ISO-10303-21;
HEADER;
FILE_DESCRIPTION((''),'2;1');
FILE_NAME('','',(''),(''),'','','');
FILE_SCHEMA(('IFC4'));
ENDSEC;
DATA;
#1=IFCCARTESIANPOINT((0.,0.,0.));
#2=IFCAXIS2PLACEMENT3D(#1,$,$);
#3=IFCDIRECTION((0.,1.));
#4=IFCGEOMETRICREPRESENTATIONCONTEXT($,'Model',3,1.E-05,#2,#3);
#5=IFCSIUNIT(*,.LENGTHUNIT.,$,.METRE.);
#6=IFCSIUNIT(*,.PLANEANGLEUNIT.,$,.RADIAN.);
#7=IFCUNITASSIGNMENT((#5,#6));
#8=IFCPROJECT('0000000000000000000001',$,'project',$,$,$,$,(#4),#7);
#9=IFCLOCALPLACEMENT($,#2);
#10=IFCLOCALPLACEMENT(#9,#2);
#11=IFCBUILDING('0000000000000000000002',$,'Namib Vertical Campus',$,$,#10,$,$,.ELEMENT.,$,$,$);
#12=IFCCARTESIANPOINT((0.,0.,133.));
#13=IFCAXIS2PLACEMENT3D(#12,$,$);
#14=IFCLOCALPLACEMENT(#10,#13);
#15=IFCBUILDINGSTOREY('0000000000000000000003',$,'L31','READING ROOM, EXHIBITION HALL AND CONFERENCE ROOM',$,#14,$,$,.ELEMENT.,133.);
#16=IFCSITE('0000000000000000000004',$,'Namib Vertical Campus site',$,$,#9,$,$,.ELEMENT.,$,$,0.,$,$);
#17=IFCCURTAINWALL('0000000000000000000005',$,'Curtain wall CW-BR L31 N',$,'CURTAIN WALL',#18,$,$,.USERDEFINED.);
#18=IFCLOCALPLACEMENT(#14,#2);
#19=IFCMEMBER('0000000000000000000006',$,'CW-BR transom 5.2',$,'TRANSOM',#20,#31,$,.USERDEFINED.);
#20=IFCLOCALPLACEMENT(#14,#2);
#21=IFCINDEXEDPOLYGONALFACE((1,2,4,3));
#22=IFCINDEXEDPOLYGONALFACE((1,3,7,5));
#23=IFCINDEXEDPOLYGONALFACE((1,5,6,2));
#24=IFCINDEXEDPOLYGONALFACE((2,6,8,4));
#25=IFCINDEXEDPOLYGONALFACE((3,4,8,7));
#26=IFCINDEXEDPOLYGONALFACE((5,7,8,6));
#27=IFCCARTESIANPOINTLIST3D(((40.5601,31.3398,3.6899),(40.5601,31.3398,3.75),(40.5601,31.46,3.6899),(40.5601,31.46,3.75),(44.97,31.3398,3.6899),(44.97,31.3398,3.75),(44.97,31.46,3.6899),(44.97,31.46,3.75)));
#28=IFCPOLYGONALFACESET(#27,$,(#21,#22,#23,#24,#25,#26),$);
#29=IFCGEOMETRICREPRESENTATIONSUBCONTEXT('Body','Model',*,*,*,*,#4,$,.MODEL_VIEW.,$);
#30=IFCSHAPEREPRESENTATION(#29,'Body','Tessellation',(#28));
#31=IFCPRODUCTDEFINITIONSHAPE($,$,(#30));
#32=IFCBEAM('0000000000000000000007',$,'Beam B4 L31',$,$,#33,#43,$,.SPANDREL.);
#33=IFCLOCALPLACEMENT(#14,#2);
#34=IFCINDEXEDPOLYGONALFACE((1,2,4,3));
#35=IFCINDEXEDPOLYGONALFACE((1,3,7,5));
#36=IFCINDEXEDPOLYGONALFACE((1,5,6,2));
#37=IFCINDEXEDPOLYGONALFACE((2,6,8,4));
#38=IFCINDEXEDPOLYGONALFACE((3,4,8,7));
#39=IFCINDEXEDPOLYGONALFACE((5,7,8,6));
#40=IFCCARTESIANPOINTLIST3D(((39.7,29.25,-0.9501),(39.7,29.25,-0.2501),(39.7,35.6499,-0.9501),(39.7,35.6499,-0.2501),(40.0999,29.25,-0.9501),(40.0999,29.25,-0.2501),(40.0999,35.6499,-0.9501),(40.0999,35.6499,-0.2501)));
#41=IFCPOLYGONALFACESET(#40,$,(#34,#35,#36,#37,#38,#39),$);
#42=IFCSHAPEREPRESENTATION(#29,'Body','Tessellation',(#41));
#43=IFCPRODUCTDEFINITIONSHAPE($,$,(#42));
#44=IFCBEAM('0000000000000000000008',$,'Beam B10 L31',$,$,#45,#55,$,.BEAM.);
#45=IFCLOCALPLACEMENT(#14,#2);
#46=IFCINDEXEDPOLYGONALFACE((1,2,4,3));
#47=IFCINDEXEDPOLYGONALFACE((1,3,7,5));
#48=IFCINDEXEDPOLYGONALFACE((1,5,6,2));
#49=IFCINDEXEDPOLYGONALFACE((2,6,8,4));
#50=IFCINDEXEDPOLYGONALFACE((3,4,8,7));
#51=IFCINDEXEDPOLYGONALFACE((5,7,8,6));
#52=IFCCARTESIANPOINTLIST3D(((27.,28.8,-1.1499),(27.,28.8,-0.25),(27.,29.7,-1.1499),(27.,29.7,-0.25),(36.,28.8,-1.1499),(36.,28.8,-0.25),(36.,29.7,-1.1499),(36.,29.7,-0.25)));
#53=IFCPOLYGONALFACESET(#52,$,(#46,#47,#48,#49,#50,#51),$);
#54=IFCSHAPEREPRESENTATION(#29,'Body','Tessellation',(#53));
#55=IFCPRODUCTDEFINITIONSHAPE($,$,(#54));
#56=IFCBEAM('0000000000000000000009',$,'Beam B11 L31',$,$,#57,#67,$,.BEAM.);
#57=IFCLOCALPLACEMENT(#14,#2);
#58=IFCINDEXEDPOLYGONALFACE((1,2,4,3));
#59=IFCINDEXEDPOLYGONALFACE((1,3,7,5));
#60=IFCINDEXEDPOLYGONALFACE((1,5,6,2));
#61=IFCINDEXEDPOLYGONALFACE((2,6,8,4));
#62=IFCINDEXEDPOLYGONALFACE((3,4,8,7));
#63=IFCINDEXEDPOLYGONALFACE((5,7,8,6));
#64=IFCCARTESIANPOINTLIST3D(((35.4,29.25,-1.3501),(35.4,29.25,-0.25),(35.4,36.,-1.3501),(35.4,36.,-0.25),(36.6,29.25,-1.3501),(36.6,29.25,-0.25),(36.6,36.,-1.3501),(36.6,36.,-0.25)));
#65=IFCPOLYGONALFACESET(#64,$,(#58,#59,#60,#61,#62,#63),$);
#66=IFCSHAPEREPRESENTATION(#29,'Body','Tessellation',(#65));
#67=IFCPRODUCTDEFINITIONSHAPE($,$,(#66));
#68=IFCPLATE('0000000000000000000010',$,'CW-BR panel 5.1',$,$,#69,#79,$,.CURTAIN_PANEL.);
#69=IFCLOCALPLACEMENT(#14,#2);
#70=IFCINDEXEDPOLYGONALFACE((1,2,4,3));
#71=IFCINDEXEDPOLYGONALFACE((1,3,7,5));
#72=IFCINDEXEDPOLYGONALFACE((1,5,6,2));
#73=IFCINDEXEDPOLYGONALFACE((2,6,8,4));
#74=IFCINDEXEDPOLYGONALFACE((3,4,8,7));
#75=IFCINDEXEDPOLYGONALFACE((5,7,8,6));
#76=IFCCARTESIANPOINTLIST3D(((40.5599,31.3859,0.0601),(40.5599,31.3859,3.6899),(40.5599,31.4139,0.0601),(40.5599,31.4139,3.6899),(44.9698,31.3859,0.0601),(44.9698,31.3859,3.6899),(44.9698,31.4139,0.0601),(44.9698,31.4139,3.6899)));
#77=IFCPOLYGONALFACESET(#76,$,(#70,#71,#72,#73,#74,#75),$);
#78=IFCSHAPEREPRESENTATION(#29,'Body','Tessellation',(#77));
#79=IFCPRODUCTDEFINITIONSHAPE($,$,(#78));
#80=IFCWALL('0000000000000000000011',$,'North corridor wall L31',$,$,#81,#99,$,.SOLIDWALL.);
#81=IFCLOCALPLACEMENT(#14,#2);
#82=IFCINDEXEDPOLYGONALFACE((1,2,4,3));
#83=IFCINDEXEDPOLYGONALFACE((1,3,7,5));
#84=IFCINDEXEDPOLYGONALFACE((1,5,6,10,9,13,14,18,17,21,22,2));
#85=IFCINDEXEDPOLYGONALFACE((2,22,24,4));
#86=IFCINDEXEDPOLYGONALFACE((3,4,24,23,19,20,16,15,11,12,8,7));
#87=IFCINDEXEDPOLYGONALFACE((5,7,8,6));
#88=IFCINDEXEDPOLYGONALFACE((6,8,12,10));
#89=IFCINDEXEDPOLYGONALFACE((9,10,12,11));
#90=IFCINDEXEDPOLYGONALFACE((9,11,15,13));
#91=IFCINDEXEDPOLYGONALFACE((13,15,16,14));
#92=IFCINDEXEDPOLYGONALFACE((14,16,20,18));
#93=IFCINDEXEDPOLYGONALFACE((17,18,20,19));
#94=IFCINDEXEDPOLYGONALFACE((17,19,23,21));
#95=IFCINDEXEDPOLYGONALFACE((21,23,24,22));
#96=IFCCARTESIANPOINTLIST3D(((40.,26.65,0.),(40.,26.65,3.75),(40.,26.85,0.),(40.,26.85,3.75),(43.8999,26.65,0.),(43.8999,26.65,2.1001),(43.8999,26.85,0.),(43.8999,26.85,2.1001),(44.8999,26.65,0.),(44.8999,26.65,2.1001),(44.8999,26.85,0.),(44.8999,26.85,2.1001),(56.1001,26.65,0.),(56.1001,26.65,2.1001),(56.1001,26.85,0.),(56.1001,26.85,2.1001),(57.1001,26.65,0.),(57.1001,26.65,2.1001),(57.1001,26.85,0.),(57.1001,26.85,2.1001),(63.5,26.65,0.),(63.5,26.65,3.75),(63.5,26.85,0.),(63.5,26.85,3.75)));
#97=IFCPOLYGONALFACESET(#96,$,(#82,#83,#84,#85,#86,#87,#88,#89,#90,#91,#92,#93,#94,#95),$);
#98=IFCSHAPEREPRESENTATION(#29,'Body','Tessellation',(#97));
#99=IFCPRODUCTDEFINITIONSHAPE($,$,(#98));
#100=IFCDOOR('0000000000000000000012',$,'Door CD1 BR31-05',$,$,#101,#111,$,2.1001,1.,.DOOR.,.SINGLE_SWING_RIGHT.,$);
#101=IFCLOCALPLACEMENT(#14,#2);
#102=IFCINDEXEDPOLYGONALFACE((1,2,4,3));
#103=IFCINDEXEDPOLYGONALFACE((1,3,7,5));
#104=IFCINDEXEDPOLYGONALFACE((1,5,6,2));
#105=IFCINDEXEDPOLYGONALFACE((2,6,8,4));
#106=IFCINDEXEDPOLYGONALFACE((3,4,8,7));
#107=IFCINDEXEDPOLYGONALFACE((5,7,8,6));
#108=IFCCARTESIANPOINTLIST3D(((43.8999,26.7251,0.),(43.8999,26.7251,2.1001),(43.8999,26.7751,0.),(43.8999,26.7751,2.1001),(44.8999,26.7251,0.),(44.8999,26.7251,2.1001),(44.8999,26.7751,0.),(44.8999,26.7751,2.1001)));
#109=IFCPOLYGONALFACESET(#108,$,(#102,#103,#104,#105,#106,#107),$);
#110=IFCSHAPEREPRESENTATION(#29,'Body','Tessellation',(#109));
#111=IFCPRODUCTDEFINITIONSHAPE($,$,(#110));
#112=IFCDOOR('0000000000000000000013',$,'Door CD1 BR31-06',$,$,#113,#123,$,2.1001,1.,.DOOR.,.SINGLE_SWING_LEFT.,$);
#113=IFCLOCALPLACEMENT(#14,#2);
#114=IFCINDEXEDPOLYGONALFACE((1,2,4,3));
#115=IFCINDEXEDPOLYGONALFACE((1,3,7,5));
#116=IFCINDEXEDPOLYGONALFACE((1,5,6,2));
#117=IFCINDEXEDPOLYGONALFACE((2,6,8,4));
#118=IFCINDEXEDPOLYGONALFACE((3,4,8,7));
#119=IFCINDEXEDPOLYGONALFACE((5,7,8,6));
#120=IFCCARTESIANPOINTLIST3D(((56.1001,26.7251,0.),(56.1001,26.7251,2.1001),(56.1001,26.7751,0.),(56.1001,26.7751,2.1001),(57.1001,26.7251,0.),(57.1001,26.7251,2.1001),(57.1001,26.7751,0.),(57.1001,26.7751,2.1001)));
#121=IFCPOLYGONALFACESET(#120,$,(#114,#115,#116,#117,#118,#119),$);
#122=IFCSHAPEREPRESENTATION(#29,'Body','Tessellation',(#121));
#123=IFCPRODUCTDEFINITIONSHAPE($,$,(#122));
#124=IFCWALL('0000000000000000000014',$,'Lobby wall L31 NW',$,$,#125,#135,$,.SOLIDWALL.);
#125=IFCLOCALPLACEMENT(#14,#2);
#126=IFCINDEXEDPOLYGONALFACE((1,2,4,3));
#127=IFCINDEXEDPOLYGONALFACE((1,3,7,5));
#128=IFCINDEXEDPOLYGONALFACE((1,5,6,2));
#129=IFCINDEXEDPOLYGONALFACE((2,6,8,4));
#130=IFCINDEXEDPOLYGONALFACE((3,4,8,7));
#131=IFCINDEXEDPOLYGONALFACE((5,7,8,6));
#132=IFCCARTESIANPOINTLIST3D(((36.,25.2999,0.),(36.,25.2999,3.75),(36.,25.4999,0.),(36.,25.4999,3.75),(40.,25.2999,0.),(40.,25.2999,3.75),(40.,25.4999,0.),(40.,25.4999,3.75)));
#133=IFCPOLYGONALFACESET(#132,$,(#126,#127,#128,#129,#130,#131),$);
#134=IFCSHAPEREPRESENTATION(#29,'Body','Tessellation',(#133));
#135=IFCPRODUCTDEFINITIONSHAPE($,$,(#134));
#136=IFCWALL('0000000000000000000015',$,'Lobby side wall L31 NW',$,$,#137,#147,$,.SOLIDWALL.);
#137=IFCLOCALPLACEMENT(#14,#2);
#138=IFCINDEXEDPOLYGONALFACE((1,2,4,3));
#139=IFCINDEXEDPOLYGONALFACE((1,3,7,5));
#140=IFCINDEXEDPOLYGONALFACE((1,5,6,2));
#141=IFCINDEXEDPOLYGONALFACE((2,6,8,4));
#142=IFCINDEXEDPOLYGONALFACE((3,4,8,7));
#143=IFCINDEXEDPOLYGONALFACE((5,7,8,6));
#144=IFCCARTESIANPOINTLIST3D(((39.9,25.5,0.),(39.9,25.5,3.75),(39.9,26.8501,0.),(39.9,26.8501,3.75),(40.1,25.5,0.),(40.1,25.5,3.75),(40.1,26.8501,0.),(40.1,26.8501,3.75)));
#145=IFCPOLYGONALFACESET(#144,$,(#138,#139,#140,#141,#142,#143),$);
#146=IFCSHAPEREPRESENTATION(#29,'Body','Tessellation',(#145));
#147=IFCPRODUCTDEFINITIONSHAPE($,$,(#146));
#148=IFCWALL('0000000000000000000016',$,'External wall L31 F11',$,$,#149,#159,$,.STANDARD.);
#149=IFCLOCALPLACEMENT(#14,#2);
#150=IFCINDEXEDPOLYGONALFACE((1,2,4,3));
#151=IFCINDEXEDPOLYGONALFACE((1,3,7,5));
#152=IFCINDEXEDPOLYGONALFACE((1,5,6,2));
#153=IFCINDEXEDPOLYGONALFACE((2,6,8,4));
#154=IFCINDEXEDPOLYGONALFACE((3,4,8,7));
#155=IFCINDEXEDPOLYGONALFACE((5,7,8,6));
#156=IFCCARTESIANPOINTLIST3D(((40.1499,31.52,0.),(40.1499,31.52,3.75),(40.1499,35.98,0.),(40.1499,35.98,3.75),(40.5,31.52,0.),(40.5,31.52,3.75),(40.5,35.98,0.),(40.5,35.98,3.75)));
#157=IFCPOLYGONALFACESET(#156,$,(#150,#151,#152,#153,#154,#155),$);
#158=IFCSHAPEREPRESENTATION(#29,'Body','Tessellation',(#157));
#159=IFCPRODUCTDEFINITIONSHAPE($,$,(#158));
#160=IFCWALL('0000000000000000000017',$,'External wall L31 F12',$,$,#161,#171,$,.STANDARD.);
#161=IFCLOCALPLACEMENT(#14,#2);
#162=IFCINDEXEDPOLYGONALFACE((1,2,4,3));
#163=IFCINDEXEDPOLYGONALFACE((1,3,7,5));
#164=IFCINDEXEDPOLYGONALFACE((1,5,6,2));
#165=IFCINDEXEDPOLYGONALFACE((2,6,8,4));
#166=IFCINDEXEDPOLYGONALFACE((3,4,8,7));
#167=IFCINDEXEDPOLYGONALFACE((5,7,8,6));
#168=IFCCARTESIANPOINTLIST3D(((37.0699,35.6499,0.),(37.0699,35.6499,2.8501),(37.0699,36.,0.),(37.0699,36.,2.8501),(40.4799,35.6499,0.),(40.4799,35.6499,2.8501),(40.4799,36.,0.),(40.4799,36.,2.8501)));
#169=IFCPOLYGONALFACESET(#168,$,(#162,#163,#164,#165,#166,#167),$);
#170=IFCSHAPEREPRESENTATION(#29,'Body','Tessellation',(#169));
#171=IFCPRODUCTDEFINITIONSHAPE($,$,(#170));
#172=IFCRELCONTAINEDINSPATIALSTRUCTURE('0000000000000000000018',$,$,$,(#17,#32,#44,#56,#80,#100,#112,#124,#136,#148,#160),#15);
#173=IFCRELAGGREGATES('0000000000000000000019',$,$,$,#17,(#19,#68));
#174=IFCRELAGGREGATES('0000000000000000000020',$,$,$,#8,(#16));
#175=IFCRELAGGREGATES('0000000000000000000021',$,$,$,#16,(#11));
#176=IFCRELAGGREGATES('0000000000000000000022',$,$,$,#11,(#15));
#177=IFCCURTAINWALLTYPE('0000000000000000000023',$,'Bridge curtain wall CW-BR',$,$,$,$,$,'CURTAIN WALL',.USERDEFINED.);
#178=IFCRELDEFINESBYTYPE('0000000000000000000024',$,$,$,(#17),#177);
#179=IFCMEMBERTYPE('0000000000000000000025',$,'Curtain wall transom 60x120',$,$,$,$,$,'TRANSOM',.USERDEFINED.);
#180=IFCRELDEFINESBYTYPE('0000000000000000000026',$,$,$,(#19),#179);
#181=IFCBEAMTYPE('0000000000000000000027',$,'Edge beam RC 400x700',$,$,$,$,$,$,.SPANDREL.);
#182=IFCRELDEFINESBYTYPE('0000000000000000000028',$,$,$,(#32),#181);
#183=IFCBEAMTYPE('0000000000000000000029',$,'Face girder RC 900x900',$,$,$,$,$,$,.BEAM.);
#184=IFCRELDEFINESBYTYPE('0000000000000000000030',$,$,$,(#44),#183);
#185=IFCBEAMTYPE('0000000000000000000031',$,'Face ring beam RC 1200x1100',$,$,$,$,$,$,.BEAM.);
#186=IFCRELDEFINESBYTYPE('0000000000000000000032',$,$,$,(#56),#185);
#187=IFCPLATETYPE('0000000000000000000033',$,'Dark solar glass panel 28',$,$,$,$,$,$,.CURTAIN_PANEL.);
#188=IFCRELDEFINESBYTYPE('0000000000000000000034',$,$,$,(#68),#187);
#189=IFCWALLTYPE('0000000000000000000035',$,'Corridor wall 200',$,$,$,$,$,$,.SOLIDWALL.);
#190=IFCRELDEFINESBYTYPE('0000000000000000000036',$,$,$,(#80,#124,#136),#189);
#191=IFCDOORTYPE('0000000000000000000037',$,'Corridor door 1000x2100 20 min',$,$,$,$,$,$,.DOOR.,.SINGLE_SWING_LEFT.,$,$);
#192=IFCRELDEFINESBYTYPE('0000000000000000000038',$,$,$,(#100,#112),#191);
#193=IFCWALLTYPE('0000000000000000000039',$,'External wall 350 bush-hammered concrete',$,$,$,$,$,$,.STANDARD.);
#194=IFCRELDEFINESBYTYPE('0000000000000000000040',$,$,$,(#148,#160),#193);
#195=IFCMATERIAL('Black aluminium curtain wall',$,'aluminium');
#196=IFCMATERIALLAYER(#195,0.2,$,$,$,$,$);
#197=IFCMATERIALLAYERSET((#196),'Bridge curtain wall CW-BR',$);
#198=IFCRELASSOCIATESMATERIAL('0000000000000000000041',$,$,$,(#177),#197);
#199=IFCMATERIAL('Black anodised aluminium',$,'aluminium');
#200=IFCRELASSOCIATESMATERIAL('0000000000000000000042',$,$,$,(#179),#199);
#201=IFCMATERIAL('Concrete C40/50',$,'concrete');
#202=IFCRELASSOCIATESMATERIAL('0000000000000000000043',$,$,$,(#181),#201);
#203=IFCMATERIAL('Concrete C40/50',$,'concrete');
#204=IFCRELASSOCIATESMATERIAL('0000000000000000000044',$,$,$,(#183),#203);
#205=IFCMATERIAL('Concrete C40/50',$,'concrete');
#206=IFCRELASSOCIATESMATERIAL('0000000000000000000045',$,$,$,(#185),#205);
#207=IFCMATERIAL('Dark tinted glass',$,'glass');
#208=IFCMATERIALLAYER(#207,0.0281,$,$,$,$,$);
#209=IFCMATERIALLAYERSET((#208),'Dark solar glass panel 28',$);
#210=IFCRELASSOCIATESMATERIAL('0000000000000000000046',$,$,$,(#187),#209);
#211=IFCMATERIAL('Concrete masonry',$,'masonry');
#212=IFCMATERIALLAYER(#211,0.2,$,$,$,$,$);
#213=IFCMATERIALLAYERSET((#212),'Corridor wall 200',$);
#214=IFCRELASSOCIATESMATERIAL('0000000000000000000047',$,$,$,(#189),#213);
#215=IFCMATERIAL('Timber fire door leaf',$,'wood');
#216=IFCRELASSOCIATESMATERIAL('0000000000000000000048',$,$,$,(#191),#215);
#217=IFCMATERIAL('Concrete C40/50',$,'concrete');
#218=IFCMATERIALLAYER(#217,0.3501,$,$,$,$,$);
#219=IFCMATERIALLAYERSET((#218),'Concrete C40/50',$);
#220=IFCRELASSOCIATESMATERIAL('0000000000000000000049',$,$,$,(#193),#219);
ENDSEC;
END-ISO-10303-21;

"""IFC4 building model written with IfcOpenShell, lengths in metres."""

from ifc_helpers import new_model, si_unit, direction, frame, frame_2d, origin, origin_2d, place, context, subcontext, project, spatial, rectangle, extrude, material, layer, layer_set, material_profile, profile_set, type_object, element, fill, aggregate, save


model = new_model("IFC4")

# Units and contexts
model_context = context("Model", 3, precision=1e-05, world=origin(), true_north=direction((0.0, 1.0)))
body_context = subcontext(model_context, "Body", "Model", "MODEL_VIEW")
ifc_project = project(units=[si_unit("LENGTHUNIT", "METRE"), si_unit("PLANEANGLEUNIT", "RADIAN")], contexts=[model_context])

# Site, building, storey
site_placement = place(None, origin())
site = spatial("IfcSite", under=ifc_project, at=site_placement, Name="Namib Vertical Campus site", CompositionType="ELEMENT", RefElevation=0.0)
building_placement = place(site_placement, origin())
building = spatial("IfcBuilding", under=site, at=building_placement, Name="Namib Vertical Campus", CompositionType="ELEMENT")
storey_placement = place(building_placement, frame((0.0, 0.0, 133.0)))
storey = spatial("IfcBuildingStorey", under=building, at=storey_placement, Name="L31", Description="READING ROOM, EXHIBITION HALL AND CONFERENCE ROOM", CompositionType="ELEMENT", Elevation=133.0)

# Curtain wall, member
ifc_material_1 = material(Name="Black aluminium curtain wall", Category="aluminium")
ifc_layer_1 = layer(ifc_material_1, 0.2)
ifc_layer_set_1 = layer_set([ifc_layer_1], Name="Bridge curtain wall CW-BR")
curtain_wall_type = type_object("IfcCurtainWallType", Name="Bridge curtain wall CW-BR", ElementType="CURTAIN WALL", PredefinedType="USERDEFINED", material=ifc_layer_set_1)
curtain_wall_placement = place(storey_placement, origin())
curtain_wall = element("IfcCurtainWall", 1, at=curtain_wall_placement, inside=storey, type_object=curtain_wall_type, Name="Curtain wall CW-BR L31 N", ObjectType="CURTAIN WALL", PredefinedType="USERDEFINED")
ifc_material_2 = material(Name="Black anodised aluminium", Category="aluminium")
ifc_material_profile_1 = material_profile(ifc_material_2, rectangle(XDim=0.0601, YDim=0.1201, at=origin_2d()))
ifc_profile_set_1 = profile_set([ifc_material_profile_1], Name="Black anodised aluminium")
member_type_1 = type_object("IfcMemberType", Name="Curtain wall transom 60x120", ElementType="TRANSOM", PredefinedType="USERDEFINED", material=ifc_profile_set_1)
member_1_placement = place(storey_placement, frame((44.97, 31.3999, 3.72), z_axis=(-1.0, 0.0, 0.0), x_axis=(0.0, 0.0, 1.0)))
member_1 = element("IfcMember", 2, at=member_1_placement, type_object=member_type_1, Name="CW-BR transom 5.2", ObjectType="TRANSOM", PredefinedType="USERDEFINED", context=body_context, shape_type="SweptSolid", body=[
    extrude(rectangle(XDim=0.0601, YDim=0.1201, at=origin_2d()), origin(), (0.0, 0.0, 1.0), 4.4099),
])

# Beams
ifc_material_3 = material(Name="Concrete C40/50", Category="concrete")
ifc_material_profile_2 = material_profile(ifc_material_3, rectangle(XDim=0.3999, YDim=0.7, at=origin_2d()))
ifc_profile_set_2 = profile_set([ifc_material_profile_2], Name="Concrete C40/50")
beam_type_1 = type_object("IfcBeamType", Name="Edge beam RC 400x700", PredefinedType="SPANDREL", material=ifc_profile_set_2)
beam_1_placement = place(storey_placement, frame((39.8999, 29.25, -0.6001), z_axis=(0.0, 1.0, 0.0), x_axis=(-1.0, 0.0, 0.0)))
element("IfcBeam", 3, at=beam_1_placement, inside=storey, type_object=beam_type_1, Name="Beam B4 L31", PredefinedType="SPANDREL", context=body_context, shape_type="SweptSolid", body=[
    extrude(rectangle(XDim=0.3999, YDim=0.7, at=origin_2d()), origin(), (0.0, 0.0, 1.0), 6.3999),
])
ifc_material_4 = material(Name="Concrete C40/50", Category="concrete")
ifc_material_profile_3 = material_profile(ifc_material_4, rectangle(XDim=0.8999, YDim=0.8999, at=origin_2d()))
ifc_profile_set_3 = profile_set([ifc_material_profile_3], Name="Concrete C40/50")
beam_type_2 = type_object("IfcBeamType", Name="Face girder RC 900x900", PredefinedType="BEAM", material=ifc_profile_set_3)
beam_2_placement = place(storey_placement, frame((36.0, 29.25, -0.7), z_axis=(-1.0, 0.0, 0.0), x_axis=(0.0, -1.0, 0.0)))
element("IfcBeam", 4, at=beam_2_placement, inside=storey, type_object=beam_type_2, Name="Beam B10 L31", PredefinedType="BEAM", context=body_context, shape_type="SweptSolid", body=[
    extrude(rectangle(XDim=0.8999, YDim=0.8999, at=origin_2d()), origin(), (0.0, 0.0, 1.0), 9.0),
])
ifc_material_5 = material(Name="Concrete C40/50", Category="concrete")
ifc_material_profile_4 = material_profile(ifc_material_5, rectangle(XDim=1.2, YDim=1.1001, at=origin_2d()))
ifc_profile_set_4 = profile_set([ifc_material_profile_4], Name="Concrete C40/50")
beam_type_3 = type_object("IfcBeamType", Name="Face ring beam RC 1200x1100", PredefinedType="BEAM", material=ifc_profile_set_4)
beam_3_placement = place(storey_placement, frame((36.0, 29.25, -0.8), z_axis=(0.0, 1.0, 0.0), x_axis=(-1.0, 0.0, 0.0)))
element("IfcBeam", 5, at=beam_3_placement, inside=storey, type_object=beam_type_3, Name="Beam B11 L31", PredefinedType="BEAM", context=body_context, shape_type="SweptSolid", body=[
    extrude(rectangle(XDim=1.2, YDim=1.1001, at=origin_2d()), origin(), (0.0, 0.0, 1.0), 6.75),
])

# Plate
ifc_material_6 = material(Name="Dark tinted glass", Category="glass")
ifc_layer_2 = layer(ifc_material_6, 0.0281)
ifc_layer_set_2 = layer_set([ifc_layer_2], Name="Dark solar glass panel 28")
plate_type = type_object("IfcPlateType", Name="Dark solar glass panel 28", PredefinedType="CURTAIN_PANEL", material=ifc_layer_set_2)
plate_placement = place(storey_placement, frame((42.7649, 31.3999, 0.0601), z_axis=(0.0, 0.0, 1.0), x_axis=(-1.0, 0.0, 0.0)))
plate = element("IfcPlate", 6, at=plate_placement, type_object=plate_type, Name="CW-BR panel 5.1", PredefinedType="CURTAIN_PANEL", context=body_context, shape_type="SweptSolid", body=[
    extrude(rectangle(XDim=4.4099, YDim=0.0281, at=origin_2d()), origin(), (0.0, 0.0, 1.0), 3.6299),
])
aggregate(curtain_wall, [member_1, plate])

# Wall, openings, doors
ifc_material_7 = material(Name="Concrete masonry", Category="masonry")
ifc_layer_3 = layer(ifc_material_7, 0.2)
ifc_layer_set_3 = layer_set([ifc_layer_3], Name="Corridor wall 200")
wall_type_1 = type_object("IfcWallType", Name="Corridor wall 200", PredefinedType="SOLIDWALL", material=ifc_layer_set_3)
wall_1_placement = place(storey_placement, frame((40.0, 26.75, 0.0), z_axis=(0.0, 0.0, 1.0), x_axis=(1.0, 0.0, 0.0)))
wall_1 = element("IfcWall", 7, at=wall_1_placement, inside=storey, type_object=wall_type_1, Name="North corridor wall L31", PredefinedType="SOLIDWALL", context=body_context, shape_type="SweptSolid", body=[
    extrude(rectangle(XDim=23.5, YDim=0.2, at=frame_2d((11.75, 0.0))), origin(), (0.0, 0.0, 1.0), 3.75),
])
opening_1_placement = place(wall_1_placement, frame((3.8999, 0.0, 0.0)))
opening_1 = element("IfcOpeningElement", 8, at=opening_1_placement, cuts=wall_1, PredefinedType="OPENING", context=body_context, shape_type="SweptSolid", body=[
    extrude(rectangle(XDim=1.0, YDim=2.1001, at=frame_2d((0.5, 1.05))), frame((0.0, 0.1099, 0.0), z_axis=(0.0, -1.0, 0.0), x_axis=(1.0, 0.0, 0.0)), (0.0, 0.0, 1.0), 0.22),
])
opening_2_placement = place(wall_1_placement, frame((16.1001, 0.0, 0.0)))
opening_2 = element("IfcOpeningElement", 9, at=opening_2_placement, cuts=wall_1, PredefinedType="OPENING", context=body_context, shape_type="SweptSolid", body=[
    extrude(rectangle(XDim=1.0, YDim=2.1001, at=frame_2d((0.5, 1.05))), frame((0.0, 0.1099, 0.0), z_axis=(0.0, -1.0, 0.0), x_axis=(1.0, 0.0, 0.0)), (0.0, 0.0, 1.0), 0.22),
])
ifc_material_8 = material(Name="Timber fire door leaf", Category="wood")
door_type = type_object("IfcDoorType", Name="Corridor door 1000x2100 20 min", OperationType="SINGLE_SWING_LEFT", PredefinedType="DOOR", material=ifc_material_8)
door_1_placement = place(opening_1_placement, frame((1.0, 0.0, 0.0), z_axis=(0.0, 0.0, 1.0), x_axis=(-1.0, 0.0, 0.0)))
door_1 = element("IfcDoor", 10, at=door_1_placement, inside=storey, type_object=door_type, Name="Door CD1 BR31-05", OperationType="SINGLE_SWING_RIGHT", OverallHeight=2.1001, OverallWidth=1.0, PredefinedType="DOOR", context=body_context, shape_type="SweptSolid", body=[
    extrude(rectangle(XDim=1.0, YDim=2.1001, at=frame_2d((0.5, 1.05))), frame((0.0, 0.0249, 0.0), z_axis=(0.0, -1.0, 0.0), x_axis=(1.0, 0.0, 0.0)), (0.0, 0.0, 1.0), 0.05),
])
fill(opening_1, door_1)
door_2_placement = place(opening_2_placement, frame((1.0, 0.0, 0.0), z_axis=(0.0, 0.0, 1.0), x_axis=(-1.0, 0.0, 0.0)))
door_2 = element("IfcDoor", 11, at=door_2_placement, inside=storey, type_object=door_type, Name="Door CD1 BR31-06", OperationType="SINGLE_SWING_LEFT", OverallHeight=2.1001, OverallWidth=1.0, PredefinedType="DOOR", context=body_context, shape_type="SweptSolid", body=[
    extrude(rectangle(XDim=1.0, YDim=2.1001, at=frame_2d((0.5, 1.05))), frame((0.0, 0.0249, 0.0), z_axis=(0.0, -1.0, 0.0), x_axis=(1.0, 0.0, 0.0)), (0.0, 0.0, 1.0), 0.05),
])
fill(opening_2, door_2)

# Walls
wall_2_placement = place(storey_placement, frame((36.0, 25.3999, 0.0), z_axis=(0.0, 0.0, 1.0), x_axis=(1.0, 0.0, 0.0)))
element("IfcWall", 12, at=wall_2_placement, inside=storey, type_object=wall_type_1, Name="Lobby wall L31 NW", PredefinedType="SOLIDWALL", context=body_context, shape_type="SweptSolid", body=[
    extrude(rectangle(XDim=4.0, YDim=0.2, at=frame_2d((2.0, 0.0))), origin(), (0.0, 0.0, 1.0), 3.75),
])
wall_3_placement = place(storey_placement, frame((40.0, 26.8501, 0.0), z_axis=(0.0, 0.0, 1.0), x_axis=(0.0, -1.0, 0.0)))
element("IfcWall", 13, at=wall_3_placement, inside=storey, type_object=wall_type_1, Name="Lobby side wall L31 NW", PredefinedType="SOLIDWALL", context=body_context, shape_type="SweptSolid", body=[
    extrude(rectangle(XDim=1.3501, YDim=0.2, at=frame_2d((0.675, 0.0))), origin(), (0.0, 0.0, 1.0), 3.75),
])
ifc_material_9 = material(Name="Concrete C40/50", Category="concrete")
ifc_layer_4 = layer(ifc_material_9, 0.3501)
ifc_layer_set_4 = layer_set([ifc_layer_4], Name="Concrete C40/50")
wall_type_2 = type_object("IfcWallType", Name="External wall 350 bush-hammered concrete", PredefinedType="STANDARD", material=ifc_layer_set_4)
wall_4_placement = place(storey_placement, frame((40.325, 31.52, 0.0), z_axis=(0.0, 0.0, 1.0), x_axis=(0.0, 1.0, 0.0)))
element("IfcWall", 14, at=wall_4_placement, inside=storey, type_object=wall_type_2, Name="External wall L31 F11", PredefinedType="STANDARD", context=body_context, shape_type="SweptSolid", body=[
    extrude(rectangle(XDim=4.46, YDim=0.3501, at=frame_2d((2.23, 0.0))), origin(), (0.0, 0.0, 1.0), 3.75),
])
wall_5_placement = place(storey_placement, frame((40.48, 35.825, 0.0), z_axis=(0.0, 0.0, 1.0), x_axis=(-1.0, 0.0, 0.0)))
element("IfcWall", 15, at=wall_5_placement, inside=storey, type_object=wall_type_2, Name="External wall L31 F12", PredefinedType="STANDARD", context=body_context, shape_type="SweptSolid", body=[
    extrude(rectangle(XDim=3.4099, YDim=0.3501, at=frame_2d((1.7051, 0.0))), origin(), (0.0, 0.0, 1.0), 2.8501),
])

save(model, "model.ifc")
